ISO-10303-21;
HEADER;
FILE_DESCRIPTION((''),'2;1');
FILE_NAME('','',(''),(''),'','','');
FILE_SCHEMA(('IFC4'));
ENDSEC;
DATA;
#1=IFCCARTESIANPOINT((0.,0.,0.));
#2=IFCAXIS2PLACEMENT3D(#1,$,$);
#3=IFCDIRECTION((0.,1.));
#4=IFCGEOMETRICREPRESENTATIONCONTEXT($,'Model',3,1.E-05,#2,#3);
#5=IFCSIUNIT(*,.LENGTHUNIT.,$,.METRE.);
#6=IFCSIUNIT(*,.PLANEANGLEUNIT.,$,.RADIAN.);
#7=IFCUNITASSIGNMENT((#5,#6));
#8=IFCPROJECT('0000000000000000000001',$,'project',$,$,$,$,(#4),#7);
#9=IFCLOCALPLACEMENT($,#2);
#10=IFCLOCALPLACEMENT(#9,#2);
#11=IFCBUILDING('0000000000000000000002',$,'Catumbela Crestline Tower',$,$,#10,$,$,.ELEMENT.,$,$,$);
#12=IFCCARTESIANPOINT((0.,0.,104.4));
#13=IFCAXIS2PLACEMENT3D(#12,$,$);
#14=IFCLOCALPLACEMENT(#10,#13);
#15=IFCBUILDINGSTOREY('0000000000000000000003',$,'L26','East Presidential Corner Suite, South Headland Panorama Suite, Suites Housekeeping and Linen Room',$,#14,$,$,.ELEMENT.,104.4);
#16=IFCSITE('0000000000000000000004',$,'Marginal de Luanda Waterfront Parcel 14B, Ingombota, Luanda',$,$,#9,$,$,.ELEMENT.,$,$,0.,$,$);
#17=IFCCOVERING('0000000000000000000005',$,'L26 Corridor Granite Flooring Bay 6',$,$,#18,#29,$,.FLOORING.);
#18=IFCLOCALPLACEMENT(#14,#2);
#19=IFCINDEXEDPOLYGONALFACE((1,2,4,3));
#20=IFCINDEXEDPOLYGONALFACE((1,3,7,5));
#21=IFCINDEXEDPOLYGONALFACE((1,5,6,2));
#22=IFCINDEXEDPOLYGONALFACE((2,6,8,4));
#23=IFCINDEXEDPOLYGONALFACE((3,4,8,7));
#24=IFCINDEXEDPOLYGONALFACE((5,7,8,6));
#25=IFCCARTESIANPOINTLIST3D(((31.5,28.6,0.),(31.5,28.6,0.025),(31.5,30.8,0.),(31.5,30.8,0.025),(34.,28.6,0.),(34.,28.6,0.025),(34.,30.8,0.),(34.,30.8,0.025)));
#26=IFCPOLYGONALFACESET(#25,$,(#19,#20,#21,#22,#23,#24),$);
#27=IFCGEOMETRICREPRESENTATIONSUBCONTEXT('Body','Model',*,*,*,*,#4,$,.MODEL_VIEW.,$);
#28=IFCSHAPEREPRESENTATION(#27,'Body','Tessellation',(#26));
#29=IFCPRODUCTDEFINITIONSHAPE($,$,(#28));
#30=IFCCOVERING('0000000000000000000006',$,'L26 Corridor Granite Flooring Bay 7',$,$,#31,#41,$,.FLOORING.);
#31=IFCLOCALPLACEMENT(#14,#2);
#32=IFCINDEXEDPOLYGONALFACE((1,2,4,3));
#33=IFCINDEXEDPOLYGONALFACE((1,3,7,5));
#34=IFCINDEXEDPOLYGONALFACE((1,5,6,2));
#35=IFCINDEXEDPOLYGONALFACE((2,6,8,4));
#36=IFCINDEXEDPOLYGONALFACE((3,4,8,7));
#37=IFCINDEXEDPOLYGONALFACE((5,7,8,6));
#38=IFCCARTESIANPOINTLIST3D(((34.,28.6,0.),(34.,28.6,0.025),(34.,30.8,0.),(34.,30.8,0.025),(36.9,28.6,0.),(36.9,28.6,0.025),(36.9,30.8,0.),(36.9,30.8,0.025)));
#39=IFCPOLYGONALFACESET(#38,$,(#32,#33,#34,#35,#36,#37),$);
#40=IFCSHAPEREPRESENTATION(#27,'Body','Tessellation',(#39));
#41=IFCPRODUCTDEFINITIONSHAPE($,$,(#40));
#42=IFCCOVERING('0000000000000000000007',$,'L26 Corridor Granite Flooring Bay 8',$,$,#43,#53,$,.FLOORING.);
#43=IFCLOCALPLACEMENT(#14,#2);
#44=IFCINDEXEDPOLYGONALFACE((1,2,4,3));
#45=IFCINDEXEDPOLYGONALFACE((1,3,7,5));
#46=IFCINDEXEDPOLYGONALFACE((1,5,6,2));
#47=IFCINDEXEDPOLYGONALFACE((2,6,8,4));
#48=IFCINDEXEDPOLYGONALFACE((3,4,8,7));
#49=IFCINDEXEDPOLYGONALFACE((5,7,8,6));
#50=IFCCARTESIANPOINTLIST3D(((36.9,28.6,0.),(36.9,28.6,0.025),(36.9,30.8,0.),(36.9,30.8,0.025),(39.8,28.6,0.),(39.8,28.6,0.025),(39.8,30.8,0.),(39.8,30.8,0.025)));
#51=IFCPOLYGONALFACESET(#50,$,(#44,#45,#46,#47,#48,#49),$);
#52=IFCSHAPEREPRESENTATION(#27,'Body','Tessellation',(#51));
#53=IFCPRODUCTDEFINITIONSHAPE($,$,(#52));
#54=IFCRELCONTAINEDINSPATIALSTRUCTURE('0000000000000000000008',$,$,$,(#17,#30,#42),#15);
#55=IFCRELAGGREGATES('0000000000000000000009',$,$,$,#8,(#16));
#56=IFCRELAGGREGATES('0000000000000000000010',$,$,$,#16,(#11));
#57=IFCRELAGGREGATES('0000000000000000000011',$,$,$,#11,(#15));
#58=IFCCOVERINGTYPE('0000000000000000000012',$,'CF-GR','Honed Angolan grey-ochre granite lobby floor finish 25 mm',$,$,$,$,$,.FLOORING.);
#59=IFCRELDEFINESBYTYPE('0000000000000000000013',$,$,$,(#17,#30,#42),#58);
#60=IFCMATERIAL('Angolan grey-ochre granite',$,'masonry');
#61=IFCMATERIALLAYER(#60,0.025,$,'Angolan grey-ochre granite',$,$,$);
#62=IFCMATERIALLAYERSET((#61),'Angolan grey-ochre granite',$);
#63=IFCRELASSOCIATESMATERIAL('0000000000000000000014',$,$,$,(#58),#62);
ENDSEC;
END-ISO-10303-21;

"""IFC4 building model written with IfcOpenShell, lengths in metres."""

from ifc_helpers import new_model, si_unit, direction, frame, origin, place, context, subcontext, project, spatial, polyline, outline, extrude, material, layer, layer_set, type_object, element, save


model = new_model("IFC4")

# Units and contexts
model_context = context("Model", 3, precision=1e-05, world=origin(), true_north=direction((0.0, 1.0)))
body_context = subcontext(model_context, "Body", "Model", "MODEL_VIEW")
ifc_project = project(units=[si_unit("LENGTHUNIT", "METRE"), si_unit("PLANEANGLEUNIT", "RADIAN")], contexts=[model_context])

# Site, building, storey
site_placement = place(None, origin())
site = spatial("IfcSite", under=ifc_project, at=site_placement, Name="Marginal de Luanda Waterfront Parcel 14B, Ingombota, Luanda", CompositionType="ELEMENT", RefElevation=0.0)
building_placement = place(site_placement, origin())
building = spatial("IfcBuilding", under=site, at=building_placement, Name="Catumbela Crestline Tower", CompositionType="ELEMENT")
storey_placement = place(building_placement, frame((0.0, 0.0, 104.4)))
storey = spatial("IfcBuildingStorey", under=building, at=storey_placement, Name="L26", Description="East Presidential Corner Suite, South Headland Panorama Suite, Suites Housekeeping and Linen Room", CompositionType="ELEMENT", Elevation=104.4)

# Shared definitions
ifc_material_1 = material(Name="Angolan grey-ochre granite", Category="masonry")

# Coverings
ifc_layer_1 = layer(ifc_material_1, 0.025, Name="Angolan grey-ochre granite")
ifc_layer_set_1 = layer_set([ifc_layer_1], Name="Angolan grey-ochre granite")
covering_type_1 = type_object("IfcCoveringType", Name="CF-GR", Description="Honed Angolan grey-ochre granite lobby floor finish 25 mm", PredefinedType="FLOORING", material=ifc_layer_set_1)
covering_1_placement = place(storey_placement, origin())
element("IfcCovering", 1, at=covering_1_placement, inside=storey, type_object=covering_type_1, Name="L26 Corridor Granite Flooring Bay 6", PredefinedType="FLOORING", context=body_context, shape_type="SweptSolid", body=[
    extrude(outline(polyline([(31.5, 28.6), (34.0, 28.6), (34.0, 30.8), (31.5, 30.8), (31.5, 28.6)])), origin(), (0.0, 0.0, 1.0), 0.025),
])
covering_2_placement = place(storey_placement, origin())
element("IfcCovering", 2, at=covering_2_placement, inside=storey, type_object=covering_type_1, Name="L26 Corridor Granite Flooring Bay 7", PredefinedType="FLOORING", context=body_context, shape_type="SweptSolid", body=[
    extrude(outline(polyline([(34.0, 28.6), (36.9, 28.6), (36.9, 30.8), (34.0, 30.8), (34.0, 28.6)])), origin(), (0.0, 0.0, 1.0), 0.025),
])
covering_3_placement = place(storey_placement, origin())
element("IfcCovering", 3, at=covering_3_placement, inside=storey, type_object=covering_type_1, Name="L26 Corridor Granite Flooring Bay 8", PredefinedType="FLOORING", context=body_context, shape_type="SweptSolid", body=[
    extrude(outline(polyline([(36.9, 28.6), (39.8, 28.6), (39.8, 30.8), (36.9, 30.8), (36.9, 28.6)])), origin(), (0.0, 0.0, 1.0), 0.025),
])

save(model, "model.ifc")
